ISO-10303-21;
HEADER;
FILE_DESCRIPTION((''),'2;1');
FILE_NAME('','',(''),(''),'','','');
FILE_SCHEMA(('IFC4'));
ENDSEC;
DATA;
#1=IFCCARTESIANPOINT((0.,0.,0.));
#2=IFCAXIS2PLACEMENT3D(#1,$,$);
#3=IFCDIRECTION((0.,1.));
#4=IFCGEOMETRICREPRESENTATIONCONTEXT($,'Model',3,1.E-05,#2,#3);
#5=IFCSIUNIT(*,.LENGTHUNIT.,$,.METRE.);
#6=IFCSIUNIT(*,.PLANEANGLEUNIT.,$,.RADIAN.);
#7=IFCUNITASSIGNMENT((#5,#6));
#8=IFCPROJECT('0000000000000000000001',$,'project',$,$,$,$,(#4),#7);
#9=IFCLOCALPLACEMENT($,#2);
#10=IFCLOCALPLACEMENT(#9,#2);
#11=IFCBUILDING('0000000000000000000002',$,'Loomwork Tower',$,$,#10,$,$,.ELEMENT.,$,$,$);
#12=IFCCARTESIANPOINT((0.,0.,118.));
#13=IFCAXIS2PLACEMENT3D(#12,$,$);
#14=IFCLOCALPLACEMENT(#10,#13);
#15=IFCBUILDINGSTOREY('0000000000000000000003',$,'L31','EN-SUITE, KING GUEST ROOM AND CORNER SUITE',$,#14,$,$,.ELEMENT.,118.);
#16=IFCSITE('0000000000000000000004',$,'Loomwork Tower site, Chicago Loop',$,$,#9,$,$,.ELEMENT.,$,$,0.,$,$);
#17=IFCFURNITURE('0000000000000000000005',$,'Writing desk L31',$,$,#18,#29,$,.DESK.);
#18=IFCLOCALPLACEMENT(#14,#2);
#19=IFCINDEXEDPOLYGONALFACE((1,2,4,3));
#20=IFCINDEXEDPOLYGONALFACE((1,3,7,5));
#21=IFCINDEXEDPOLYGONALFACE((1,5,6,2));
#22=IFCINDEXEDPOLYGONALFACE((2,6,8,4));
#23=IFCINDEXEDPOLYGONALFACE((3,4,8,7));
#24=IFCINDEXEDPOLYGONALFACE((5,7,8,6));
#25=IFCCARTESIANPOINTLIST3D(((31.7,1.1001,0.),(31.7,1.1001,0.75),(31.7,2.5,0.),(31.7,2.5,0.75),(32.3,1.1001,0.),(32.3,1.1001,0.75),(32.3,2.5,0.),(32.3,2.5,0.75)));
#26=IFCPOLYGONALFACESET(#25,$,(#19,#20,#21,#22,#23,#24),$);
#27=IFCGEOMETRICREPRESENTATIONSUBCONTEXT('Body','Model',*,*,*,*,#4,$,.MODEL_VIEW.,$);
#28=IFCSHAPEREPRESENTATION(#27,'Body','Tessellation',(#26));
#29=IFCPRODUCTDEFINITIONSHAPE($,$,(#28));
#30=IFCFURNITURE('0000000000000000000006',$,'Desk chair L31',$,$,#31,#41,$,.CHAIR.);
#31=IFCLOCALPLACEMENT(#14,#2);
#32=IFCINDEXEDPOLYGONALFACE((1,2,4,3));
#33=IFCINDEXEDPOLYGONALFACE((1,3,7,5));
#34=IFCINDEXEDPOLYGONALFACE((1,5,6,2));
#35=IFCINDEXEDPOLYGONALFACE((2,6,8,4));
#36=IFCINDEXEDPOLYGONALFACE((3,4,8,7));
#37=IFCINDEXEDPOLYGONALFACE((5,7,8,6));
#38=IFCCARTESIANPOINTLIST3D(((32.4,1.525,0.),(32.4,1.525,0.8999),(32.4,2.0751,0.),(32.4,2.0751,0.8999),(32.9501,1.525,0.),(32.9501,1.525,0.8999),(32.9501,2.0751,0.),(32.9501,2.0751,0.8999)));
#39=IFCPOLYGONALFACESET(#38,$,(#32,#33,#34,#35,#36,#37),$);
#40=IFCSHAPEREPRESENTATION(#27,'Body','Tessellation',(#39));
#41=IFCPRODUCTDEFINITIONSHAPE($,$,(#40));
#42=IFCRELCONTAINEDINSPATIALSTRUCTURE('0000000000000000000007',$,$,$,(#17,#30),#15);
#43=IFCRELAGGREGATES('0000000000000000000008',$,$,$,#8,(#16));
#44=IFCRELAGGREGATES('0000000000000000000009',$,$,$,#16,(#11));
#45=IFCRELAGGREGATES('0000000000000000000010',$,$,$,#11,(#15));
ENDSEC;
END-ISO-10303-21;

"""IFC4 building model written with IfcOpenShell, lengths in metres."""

from ifc_helpers import new_model, si_unit, direction, frame, origin, origin_2d, place, context, subcontext, project, spatial, rectangle, extrude, element, save


model = new_model("IFC4")

# Units and contexts
model_context = context("Model", 3, precision=1e-05, world=origin(), true_north=direction((0.0, 1.0)))
body_context = subcontext(model_context, "Body", "Model", "MODEL_VIEW")
ifc_project = project(units=[si_unit("LENGTHUNIT", "METRE"), si_unit("PLANEANGLEUNIT", "RADIAN")], contexts=[model_context])

# Site, building, storey
site_placement = place(None, origin())
site = spatial("IfcSite", under=ifc_project, at=site_placement, Name="Loomwork Tower site, Chicago Loop", CompositionType="ELEMENT", RefElevation=0.0)
building_placement = place(site_placement, origin())
building = spatial("IfcBuilding", under=site, at=building_placement, Name="Loomwork Tower", CompositionType="ELEMENT")
storey_placement = place(building_placement, frame((0.0, 0.0, 118.0)))
storey = spatial("IfcBuildingStorey", under=building, at=storey_placement, Name="L31", Description="EN-SUITE, KING GUEST ROOM AND CORNER SUITE", CompositionType="ELEMENT", Elevation=118.0)

# Furniture
furniture_1_placement = place(storey_placement, frame((32.0, 1.8, 0.0), z_axis=(0.0, 0.0, 1.0), x_axis=(1.0, 0.0, 0.0)))
element("IfcFurniture", 1, at=furniture_1_placement, inside=storey, Name="Writing desk L31", PredefinedType="DESK", context=body_context, shape_type="SweptSolid", body=[
    extrude(rectangle(XDim=0.6001, YDim=1.3999, at=origin_2d()), origin(), (0.0, 0.0, 1.0), 0.75),
])
furniture_2_placement = place(storey_placement, frame((32.675, 1.8, 0.0), z_axis=(0.0, 0.0, 1.0), x_axis=(1.0, 0.0, 0.0)))
element("IfcFurniture", 2, at=furniture_2_placement, inside=storey, Name="Desk chair L31", PredefinedType="CHAIR", context=body_context, shape_type="SweptSolid", body=[
    extrude(rectangle(XDim=0.55, YDim=0.55, at=origin_2d()), origin(), (0.0, 0.0, 1.0), 0.8999),
])

save(model, "model.ifc")
